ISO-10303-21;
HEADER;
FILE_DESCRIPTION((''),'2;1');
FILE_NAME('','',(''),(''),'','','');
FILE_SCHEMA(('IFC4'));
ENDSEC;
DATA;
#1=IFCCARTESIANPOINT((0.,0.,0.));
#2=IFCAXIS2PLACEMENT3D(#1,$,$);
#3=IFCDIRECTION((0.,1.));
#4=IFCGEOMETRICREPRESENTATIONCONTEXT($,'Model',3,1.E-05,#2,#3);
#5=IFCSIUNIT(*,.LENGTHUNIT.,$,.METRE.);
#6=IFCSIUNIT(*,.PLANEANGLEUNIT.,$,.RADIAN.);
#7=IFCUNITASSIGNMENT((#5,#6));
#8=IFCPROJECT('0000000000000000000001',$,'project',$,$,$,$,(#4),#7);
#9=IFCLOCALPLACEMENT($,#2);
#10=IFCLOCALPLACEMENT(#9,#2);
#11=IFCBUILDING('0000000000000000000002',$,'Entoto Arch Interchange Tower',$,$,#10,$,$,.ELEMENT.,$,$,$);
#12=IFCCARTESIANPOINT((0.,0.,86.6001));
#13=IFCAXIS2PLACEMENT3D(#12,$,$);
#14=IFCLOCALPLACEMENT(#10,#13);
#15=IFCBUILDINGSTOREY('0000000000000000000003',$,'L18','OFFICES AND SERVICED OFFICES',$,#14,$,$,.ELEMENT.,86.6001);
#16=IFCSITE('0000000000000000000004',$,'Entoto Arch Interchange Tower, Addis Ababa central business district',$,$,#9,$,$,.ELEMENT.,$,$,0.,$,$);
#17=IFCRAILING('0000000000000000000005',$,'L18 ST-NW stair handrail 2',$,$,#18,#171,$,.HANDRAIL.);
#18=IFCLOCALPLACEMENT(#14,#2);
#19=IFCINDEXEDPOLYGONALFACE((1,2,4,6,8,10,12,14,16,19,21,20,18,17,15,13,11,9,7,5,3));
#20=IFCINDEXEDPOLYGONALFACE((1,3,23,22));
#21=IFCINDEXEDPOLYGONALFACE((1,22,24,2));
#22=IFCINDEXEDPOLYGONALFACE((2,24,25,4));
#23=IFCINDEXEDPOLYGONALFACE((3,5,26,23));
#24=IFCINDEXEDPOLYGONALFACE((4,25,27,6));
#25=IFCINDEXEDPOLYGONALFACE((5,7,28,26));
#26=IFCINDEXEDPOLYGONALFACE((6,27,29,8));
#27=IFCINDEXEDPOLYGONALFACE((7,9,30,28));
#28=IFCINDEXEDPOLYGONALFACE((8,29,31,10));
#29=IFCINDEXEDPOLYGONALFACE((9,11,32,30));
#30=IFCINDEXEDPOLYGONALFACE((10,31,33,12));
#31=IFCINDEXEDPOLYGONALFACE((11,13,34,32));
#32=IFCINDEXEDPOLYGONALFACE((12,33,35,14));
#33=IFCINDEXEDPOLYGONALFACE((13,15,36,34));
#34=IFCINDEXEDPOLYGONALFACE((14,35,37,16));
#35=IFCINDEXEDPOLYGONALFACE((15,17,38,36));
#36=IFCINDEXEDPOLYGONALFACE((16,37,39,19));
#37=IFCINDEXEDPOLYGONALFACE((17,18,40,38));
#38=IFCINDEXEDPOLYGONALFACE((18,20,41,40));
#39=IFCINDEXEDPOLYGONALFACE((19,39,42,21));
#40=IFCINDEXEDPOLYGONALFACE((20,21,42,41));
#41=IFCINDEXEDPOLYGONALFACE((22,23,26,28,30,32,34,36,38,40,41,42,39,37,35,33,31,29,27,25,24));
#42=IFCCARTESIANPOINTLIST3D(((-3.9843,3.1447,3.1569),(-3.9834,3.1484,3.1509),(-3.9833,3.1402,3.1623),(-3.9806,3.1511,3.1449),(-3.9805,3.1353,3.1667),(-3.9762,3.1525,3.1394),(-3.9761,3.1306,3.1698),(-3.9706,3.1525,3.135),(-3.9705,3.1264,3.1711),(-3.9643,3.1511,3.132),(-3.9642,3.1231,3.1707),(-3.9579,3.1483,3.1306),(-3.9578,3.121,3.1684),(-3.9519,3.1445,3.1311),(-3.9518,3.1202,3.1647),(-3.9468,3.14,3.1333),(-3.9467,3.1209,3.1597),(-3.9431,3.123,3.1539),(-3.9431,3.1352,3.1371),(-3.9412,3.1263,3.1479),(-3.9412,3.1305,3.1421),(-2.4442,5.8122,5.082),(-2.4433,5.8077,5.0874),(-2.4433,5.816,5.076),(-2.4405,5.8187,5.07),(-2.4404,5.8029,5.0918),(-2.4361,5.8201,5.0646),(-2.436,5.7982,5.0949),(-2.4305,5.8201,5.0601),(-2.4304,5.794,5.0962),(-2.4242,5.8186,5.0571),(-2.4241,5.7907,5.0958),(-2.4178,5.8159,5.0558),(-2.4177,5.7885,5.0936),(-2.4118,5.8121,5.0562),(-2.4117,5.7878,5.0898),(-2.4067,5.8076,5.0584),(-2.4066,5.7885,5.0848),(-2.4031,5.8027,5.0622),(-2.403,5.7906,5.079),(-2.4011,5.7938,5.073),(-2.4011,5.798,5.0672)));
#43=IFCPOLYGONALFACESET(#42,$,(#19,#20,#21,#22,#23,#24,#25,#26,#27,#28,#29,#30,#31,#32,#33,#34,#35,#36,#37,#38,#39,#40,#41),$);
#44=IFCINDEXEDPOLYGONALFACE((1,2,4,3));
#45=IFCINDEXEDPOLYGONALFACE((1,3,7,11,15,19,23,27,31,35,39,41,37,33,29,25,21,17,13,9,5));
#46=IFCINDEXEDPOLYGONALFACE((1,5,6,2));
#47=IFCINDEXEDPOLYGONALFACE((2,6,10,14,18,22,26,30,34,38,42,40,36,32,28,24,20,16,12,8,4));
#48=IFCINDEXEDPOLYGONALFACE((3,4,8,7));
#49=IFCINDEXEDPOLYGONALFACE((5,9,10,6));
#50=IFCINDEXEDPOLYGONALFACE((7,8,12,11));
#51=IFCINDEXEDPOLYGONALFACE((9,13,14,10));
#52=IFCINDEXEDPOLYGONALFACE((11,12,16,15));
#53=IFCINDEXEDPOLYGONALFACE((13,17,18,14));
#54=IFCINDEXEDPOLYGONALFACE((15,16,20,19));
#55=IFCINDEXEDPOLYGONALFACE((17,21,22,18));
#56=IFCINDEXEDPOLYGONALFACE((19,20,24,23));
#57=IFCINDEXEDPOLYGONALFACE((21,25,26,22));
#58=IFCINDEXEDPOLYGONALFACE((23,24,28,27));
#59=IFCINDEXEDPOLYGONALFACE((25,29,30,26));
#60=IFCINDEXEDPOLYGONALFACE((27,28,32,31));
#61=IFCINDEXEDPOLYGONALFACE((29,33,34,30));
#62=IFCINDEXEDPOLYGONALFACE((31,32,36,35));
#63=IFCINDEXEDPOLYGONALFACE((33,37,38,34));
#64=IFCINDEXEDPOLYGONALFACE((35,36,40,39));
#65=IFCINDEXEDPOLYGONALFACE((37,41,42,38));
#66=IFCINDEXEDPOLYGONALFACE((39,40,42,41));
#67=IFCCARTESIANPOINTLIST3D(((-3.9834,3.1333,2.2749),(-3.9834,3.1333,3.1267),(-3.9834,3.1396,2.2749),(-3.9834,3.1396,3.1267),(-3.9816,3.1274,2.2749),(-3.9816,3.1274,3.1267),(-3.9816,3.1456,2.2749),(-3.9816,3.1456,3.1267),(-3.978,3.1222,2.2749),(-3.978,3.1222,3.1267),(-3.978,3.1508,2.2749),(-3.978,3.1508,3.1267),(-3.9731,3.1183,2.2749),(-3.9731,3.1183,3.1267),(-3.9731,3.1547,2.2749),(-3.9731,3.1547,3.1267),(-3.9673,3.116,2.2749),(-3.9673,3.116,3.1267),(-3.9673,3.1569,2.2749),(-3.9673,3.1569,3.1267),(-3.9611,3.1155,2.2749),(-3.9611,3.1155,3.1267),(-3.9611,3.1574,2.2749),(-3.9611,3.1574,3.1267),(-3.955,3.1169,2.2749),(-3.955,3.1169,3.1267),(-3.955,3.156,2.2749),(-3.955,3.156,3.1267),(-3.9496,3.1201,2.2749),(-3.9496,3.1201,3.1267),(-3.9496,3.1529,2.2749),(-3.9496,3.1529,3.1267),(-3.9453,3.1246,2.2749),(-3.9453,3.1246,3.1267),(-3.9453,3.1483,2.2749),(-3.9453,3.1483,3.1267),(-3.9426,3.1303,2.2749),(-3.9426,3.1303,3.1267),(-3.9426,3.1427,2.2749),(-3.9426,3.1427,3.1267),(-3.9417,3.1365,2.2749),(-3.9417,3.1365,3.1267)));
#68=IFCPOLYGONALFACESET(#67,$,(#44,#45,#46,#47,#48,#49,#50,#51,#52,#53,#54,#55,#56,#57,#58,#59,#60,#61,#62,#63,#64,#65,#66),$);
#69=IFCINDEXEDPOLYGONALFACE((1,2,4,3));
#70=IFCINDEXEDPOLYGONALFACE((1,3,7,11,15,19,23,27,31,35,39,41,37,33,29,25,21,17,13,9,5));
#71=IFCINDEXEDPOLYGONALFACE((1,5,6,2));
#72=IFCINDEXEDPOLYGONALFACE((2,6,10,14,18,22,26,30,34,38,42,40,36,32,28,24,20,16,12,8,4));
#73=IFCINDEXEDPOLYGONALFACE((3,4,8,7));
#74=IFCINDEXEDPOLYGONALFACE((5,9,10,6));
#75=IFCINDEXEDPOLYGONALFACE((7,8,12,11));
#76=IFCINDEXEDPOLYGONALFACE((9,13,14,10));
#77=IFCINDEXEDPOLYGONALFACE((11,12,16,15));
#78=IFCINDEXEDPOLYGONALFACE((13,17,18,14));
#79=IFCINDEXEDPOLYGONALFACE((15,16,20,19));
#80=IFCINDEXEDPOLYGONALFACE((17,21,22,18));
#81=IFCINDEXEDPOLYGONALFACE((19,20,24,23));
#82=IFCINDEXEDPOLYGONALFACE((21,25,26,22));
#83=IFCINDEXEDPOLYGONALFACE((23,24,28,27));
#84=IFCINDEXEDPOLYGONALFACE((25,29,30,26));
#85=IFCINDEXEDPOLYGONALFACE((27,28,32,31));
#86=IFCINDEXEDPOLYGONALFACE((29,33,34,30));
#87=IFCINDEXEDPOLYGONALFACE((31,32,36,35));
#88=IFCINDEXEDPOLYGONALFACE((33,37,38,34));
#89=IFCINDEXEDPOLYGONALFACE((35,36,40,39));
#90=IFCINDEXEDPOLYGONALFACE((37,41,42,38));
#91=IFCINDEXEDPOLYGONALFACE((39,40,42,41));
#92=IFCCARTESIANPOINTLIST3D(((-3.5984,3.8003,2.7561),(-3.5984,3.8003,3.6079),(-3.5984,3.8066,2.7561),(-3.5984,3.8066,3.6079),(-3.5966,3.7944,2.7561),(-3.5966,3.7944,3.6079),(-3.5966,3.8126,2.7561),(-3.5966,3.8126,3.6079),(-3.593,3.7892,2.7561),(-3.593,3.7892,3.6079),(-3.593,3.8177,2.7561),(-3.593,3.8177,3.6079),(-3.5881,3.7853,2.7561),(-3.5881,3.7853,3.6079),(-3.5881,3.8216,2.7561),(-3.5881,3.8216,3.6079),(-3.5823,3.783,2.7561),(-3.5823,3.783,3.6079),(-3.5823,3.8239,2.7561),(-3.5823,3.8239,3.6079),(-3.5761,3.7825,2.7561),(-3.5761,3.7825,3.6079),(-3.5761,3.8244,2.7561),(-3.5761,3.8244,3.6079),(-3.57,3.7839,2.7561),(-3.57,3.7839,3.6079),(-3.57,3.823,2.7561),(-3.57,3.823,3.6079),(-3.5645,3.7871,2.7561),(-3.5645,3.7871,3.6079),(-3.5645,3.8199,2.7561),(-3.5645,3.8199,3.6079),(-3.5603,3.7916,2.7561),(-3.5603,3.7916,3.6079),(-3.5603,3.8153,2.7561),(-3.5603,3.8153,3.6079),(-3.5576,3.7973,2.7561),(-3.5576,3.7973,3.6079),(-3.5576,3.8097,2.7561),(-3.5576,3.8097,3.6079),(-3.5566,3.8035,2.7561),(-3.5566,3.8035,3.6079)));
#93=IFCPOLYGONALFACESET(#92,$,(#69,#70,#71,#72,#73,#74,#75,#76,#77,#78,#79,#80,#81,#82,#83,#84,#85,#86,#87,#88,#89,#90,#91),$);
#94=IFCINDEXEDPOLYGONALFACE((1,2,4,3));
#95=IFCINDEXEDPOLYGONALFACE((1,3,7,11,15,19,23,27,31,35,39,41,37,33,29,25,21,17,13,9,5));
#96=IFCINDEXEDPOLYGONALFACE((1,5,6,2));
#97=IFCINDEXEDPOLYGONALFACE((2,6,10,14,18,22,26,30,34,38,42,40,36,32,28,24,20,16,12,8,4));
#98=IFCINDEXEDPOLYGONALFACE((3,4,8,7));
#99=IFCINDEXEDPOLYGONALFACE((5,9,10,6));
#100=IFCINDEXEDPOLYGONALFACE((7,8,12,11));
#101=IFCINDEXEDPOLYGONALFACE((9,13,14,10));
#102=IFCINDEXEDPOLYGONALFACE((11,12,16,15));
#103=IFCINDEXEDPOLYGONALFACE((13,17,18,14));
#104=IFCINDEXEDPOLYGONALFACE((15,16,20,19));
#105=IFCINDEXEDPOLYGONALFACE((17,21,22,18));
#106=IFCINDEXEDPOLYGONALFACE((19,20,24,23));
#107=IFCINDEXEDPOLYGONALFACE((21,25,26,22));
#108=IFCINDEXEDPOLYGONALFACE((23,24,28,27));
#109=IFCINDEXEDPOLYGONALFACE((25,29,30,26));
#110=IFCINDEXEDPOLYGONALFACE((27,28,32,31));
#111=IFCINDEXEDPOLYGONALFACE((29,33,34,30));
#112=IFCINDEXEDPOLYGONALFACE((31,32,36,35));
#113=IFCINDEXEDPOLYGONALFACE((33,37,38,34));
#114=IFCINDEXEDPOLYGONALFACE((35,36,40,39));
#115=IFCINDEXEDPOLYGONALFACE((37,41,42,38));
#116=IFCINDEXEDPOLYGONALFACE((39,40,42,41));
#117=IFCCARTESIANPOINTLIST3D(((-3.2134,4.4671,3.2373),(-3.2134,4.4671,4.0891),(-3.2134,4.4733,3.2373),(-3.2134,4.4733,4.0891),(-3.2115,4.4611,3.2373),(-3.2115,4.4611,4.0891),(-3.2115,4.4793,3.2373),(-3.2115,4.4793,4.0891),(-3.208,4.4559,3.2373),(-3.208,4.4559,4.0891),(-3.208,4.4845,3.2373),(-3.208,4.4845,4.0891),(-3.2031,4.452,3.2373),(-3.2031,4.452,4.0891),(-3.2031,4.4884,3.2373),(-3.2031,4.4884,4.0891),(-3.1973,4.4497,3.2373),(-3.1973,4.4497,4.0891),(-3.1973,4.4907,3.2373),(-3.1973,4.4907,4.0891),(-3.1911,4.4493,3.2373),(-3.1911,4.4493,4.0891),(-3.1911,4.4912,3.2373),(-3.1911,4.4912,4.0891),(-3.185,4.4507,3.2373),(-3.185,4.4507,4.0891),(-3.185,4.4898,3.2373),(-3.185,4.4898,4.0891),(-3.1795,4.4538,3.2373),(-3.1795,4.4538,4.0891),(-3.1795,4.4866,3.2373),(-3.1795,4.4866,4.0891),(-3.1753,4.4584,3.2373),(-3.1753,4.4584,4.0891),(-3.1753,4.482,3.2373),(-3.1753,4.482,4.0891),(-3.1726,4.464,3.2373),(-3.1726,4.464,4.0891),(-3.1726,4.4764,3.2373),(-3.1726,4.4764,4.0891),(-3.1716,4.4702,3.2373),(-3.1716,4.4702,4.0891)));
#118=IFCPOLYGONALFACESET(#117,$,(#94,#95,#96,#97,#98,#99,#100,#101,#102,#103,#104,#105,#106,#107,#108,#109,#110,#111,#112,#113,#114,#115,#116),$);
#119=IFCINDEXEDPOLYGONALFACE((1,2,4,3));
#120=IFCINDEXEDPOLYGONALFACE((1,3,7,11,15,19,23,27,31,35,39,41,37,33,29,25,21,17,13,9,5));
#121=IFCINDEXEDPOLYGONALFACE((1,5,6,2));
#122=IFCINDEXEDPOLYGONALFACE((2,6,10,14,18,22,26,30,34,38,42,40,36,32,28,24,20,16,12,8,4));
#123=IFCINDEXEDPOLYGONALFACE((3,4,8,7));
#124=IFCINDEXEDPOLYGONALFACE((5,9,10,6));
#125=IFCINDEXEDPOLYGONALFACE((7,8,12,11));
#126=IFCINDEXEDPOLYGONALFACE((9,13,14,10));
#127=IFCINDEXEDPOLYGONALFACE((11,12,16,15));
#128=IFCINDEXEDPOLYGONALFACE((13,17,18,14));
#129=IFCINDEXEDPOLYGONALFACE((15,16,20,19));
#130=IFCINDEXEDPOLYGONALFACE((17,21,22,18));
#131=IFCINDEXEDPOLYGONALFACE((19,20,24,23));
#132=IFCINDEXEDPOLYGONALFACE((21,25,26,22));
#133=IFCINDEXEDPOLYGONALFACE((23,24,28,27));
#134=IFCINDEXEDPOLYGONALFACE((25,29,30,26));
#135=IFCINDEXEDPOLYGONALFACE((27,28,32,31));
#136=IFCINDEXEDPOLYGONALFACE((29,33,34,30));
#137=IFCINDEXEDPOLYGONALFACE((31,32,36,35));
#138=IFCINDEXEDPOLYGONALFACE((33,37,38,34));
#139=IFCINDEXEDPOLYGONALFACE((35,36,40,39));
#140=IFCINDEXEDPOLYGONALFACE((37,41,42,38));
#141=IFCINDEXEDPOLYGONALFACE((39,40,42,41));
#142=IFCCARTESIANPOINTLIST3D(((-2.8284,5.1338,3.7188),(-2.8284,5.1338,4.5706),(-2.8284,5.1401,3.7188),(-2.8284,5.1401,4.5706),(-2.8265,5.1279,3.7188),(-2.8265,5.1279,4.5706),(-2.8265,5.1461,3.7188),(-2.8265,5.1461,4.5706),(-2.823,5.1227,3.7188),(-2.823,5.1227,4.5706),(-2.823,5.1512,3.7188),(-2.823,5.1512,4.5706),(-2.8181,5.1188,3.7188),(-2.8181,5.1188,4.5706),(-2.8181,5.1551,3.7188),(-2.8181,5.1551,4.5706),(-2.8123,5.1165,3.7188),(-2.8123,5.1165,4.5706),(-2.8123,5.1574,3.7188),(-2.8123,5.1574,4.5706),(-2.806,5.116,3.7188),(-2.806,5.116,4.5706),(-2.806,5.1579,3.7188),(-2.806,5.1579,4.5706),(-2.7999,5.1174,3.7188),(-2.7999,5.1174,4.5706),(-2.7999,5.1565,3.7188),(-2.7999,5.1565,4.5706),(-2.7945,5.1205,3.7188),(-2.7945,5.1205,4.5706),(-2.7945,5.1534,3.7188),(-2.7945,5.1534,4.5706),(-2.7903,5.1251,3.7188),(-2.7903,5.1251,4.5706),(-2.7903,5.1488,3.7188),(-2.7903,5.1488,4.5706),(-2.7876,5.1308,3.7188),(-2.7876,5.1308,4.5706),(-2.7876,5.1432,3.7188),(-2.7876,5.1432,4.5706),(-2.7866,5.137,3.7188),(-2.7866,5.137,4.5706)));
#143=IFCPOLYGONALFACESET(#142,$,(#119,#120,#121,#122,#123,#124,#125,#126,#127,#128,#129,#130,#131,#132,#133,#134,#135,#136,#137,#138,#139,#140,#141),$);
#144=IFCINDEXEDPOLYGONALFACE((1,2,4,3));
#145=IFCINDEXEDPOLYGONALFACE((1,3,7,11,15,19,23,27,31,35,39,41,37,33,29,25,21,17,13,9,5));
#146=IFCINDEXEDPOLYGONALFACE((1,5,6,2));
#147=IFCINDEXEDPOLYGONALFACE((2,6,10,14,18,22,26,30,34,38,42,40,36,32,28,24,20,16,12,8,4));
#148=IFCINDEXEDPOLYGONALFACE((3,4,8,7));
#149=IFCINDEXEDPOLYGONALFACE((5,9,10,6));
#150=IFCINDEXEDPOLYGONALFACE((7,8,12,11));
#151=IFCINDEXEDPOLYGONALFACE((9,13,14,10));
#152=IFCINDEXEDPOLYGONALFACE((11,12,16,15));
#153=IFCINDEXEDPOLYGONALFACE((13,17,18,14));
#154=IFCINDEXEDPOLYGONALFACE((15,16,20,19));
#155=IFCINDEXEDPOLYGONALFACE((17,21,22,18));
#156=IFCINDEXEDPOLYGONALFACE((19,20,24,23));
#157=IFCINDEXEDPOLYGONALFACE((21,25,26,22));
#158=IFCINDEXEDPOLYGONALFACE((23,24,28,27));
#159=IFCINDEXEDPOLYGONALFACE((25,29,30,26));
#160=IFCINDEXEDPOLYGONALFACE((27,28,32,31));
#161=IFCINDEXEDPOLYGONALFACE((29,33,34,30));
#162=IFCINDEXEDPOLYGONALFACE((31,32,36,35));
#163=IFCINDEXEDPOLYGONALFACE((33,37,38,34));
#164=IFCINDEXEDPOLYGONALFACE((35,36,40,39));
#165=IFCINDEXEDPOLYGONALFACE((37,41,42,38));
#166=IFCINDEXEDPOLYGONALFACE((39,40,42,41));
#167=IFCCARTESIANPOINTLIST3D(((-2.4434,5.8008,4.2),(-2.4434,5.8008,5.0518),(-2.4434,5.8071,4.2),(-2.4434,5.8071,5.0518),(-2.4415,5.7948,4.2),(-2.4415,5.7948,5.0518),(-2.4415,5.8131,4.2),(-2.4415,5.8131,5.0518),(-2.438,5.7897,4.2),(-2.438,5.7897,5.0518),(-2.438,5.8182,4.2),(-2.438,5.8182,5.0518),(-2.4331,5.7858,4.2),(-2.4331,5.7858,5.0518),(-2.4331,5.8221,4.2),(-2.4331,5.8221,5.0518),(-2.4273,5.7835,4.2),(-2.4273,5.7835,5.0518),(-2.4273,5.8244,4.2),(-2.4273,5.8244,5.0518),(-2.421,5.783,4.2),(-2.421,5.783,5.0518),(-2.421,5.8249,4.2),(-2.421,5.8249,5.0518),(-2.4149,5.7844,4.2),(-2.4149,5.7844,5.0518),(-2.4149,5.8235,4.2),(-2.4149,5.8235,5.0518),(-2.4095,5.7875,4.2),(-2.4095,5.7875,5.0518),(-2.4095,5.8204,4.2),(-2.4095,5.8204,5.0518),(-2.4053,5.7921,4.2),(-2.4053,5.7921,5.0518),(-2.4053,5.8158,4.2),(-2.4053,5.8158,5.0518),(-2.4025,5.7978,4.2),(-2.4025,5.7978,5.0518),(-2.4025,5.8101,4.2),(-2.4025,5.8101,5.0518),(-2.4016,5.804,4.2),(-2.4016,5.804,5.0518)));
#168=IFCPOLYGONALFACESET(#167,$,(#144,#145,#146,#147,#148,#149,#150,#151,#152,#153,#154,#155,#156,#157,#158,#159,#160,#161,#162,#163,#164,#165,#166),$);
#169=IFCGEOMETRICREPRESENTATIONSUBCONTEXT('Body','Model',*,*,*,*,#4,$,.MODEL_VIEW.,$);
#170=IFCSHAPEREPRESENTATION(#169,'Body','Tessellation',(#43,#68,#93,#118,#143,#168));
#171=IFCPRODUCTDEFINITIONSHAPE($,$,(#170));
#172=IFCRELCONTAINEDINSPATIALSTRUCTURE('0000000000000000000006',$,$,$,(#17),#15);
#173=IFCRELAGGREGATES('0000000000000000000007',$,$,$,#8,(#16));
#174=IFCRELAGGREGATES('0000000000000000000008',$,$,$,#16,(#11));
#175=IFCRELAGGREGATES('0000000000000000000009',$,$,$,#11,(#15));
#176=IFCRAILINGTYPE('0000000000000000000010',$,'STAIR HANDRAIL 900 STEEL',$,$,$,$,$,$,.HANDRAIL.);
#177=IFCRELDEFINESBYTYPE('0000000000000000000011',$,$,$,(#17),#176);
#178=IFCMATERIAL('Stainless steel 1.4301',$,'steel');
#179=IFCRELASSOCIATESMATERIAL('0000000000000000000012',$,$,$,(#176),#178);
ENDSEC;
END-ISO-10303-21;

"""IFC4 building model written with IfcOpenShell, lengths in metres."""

from ifc_helpers import new_model, si_unit, direction, frame, origin, origin_2d, place, context, subcontext, project, spatial, circle, extrude, material, type_object, element, save


model = new_model("IFC4")

# Units and contexts
model_context = context("Model", 3, precision=1e-05, world=origin(), true_north=direction((0.0, 1.0)))
body_context = subcontext(model_context, "Body", "Model", "MODEL_VIEW")
ifc_project = project(units=[si_unit("LENGTHUNIT", "METRE"), si_unit("PLANEANGLEUNIT", "RADIAN")], contexts=[model_context])

# Site, building, storey
site_placement = place(None, origin())
site = spatial("IfcSite", under=ifc_project, at=site_placement, Name="Entoto Arch Interchange Tower, Addis Ababa central business district", CompositionType="ELEMENT", RefElevation=0.0)
building_placement = place(site_placement, origin())
building = spatial("IfcBuilding", under=site, at=building_placement, Name="Entoto Arch Interchange Tower", CompositionType="ELEMENT")
storey_placement = place(building_placement, frame((0.0, 0.0, 86.6001)))
storey = spatial("IfcBuildingStorey", under=building, at=storey_placement, Name="L18", Description="OFFICES AND SERVICED OFFICES", CompositionType="ELEMENT", Elevation=86.6001)

# Railing
ifc_material_1 = material(Name="Stainless steel 1.4301", Category="steel")
railing_type_1 = type_object("IfcRailingType", Name="STAIR HANDRAIL 900 STEEL", PredefinedType="HANDRAIL", material=ifc_material_1)
railing_1_placement = place(storey_placement, frame((-3.9626, 3.1365, 2.2749)))
element("IfcRailing", 1, at=railing_1_placement, inside=storey, type_object=railing_type_1, Name="L18 ST-NW stair handrail 2", PredefinedType="HANDRAIL", context=body_context, shape_type="SweptSolid", body=[
    extrude(circle(Radius=0.0239, at=origin_2d()), frame((0.0, 0.0, 0.876), z_axis=(0.423994, 0.734395, 0.529993), x_axis=(-0.86603, 0.499992, 0.0)), (0.0, 0.0, 1.0), 3.6323),
    extrude(circle(Radius=0.021, at=origin_2d()), origin(), (0.0, 0.0, 1.0), 0.8518),
    extrude(circle(Radius=0.021, at=origin_2d()), frame((0.385, 0.667, 0.4812)), (0.0, 0.0, 1.0), 0.8518),
    extrude(circle(Radius=0.021, at=origin_2d()), frame((0.77, 1.3337, 0.9624)), (0.0, 0.0, 1.0), 0.8518),
    extrude(circle(Radius=0.021, at=origin_2d()), frame((1.155, 2.0005, 1.4438)), (0.0, 0.0, 1.0), 0.8518),
    extrude(circle(Radius=0.021, at=origin_2d()), frame((1.54, 2.6675, 1.925)), (0.0, 0.0, 1.0), 0.8518),
])

save(model, "model.ifc")
